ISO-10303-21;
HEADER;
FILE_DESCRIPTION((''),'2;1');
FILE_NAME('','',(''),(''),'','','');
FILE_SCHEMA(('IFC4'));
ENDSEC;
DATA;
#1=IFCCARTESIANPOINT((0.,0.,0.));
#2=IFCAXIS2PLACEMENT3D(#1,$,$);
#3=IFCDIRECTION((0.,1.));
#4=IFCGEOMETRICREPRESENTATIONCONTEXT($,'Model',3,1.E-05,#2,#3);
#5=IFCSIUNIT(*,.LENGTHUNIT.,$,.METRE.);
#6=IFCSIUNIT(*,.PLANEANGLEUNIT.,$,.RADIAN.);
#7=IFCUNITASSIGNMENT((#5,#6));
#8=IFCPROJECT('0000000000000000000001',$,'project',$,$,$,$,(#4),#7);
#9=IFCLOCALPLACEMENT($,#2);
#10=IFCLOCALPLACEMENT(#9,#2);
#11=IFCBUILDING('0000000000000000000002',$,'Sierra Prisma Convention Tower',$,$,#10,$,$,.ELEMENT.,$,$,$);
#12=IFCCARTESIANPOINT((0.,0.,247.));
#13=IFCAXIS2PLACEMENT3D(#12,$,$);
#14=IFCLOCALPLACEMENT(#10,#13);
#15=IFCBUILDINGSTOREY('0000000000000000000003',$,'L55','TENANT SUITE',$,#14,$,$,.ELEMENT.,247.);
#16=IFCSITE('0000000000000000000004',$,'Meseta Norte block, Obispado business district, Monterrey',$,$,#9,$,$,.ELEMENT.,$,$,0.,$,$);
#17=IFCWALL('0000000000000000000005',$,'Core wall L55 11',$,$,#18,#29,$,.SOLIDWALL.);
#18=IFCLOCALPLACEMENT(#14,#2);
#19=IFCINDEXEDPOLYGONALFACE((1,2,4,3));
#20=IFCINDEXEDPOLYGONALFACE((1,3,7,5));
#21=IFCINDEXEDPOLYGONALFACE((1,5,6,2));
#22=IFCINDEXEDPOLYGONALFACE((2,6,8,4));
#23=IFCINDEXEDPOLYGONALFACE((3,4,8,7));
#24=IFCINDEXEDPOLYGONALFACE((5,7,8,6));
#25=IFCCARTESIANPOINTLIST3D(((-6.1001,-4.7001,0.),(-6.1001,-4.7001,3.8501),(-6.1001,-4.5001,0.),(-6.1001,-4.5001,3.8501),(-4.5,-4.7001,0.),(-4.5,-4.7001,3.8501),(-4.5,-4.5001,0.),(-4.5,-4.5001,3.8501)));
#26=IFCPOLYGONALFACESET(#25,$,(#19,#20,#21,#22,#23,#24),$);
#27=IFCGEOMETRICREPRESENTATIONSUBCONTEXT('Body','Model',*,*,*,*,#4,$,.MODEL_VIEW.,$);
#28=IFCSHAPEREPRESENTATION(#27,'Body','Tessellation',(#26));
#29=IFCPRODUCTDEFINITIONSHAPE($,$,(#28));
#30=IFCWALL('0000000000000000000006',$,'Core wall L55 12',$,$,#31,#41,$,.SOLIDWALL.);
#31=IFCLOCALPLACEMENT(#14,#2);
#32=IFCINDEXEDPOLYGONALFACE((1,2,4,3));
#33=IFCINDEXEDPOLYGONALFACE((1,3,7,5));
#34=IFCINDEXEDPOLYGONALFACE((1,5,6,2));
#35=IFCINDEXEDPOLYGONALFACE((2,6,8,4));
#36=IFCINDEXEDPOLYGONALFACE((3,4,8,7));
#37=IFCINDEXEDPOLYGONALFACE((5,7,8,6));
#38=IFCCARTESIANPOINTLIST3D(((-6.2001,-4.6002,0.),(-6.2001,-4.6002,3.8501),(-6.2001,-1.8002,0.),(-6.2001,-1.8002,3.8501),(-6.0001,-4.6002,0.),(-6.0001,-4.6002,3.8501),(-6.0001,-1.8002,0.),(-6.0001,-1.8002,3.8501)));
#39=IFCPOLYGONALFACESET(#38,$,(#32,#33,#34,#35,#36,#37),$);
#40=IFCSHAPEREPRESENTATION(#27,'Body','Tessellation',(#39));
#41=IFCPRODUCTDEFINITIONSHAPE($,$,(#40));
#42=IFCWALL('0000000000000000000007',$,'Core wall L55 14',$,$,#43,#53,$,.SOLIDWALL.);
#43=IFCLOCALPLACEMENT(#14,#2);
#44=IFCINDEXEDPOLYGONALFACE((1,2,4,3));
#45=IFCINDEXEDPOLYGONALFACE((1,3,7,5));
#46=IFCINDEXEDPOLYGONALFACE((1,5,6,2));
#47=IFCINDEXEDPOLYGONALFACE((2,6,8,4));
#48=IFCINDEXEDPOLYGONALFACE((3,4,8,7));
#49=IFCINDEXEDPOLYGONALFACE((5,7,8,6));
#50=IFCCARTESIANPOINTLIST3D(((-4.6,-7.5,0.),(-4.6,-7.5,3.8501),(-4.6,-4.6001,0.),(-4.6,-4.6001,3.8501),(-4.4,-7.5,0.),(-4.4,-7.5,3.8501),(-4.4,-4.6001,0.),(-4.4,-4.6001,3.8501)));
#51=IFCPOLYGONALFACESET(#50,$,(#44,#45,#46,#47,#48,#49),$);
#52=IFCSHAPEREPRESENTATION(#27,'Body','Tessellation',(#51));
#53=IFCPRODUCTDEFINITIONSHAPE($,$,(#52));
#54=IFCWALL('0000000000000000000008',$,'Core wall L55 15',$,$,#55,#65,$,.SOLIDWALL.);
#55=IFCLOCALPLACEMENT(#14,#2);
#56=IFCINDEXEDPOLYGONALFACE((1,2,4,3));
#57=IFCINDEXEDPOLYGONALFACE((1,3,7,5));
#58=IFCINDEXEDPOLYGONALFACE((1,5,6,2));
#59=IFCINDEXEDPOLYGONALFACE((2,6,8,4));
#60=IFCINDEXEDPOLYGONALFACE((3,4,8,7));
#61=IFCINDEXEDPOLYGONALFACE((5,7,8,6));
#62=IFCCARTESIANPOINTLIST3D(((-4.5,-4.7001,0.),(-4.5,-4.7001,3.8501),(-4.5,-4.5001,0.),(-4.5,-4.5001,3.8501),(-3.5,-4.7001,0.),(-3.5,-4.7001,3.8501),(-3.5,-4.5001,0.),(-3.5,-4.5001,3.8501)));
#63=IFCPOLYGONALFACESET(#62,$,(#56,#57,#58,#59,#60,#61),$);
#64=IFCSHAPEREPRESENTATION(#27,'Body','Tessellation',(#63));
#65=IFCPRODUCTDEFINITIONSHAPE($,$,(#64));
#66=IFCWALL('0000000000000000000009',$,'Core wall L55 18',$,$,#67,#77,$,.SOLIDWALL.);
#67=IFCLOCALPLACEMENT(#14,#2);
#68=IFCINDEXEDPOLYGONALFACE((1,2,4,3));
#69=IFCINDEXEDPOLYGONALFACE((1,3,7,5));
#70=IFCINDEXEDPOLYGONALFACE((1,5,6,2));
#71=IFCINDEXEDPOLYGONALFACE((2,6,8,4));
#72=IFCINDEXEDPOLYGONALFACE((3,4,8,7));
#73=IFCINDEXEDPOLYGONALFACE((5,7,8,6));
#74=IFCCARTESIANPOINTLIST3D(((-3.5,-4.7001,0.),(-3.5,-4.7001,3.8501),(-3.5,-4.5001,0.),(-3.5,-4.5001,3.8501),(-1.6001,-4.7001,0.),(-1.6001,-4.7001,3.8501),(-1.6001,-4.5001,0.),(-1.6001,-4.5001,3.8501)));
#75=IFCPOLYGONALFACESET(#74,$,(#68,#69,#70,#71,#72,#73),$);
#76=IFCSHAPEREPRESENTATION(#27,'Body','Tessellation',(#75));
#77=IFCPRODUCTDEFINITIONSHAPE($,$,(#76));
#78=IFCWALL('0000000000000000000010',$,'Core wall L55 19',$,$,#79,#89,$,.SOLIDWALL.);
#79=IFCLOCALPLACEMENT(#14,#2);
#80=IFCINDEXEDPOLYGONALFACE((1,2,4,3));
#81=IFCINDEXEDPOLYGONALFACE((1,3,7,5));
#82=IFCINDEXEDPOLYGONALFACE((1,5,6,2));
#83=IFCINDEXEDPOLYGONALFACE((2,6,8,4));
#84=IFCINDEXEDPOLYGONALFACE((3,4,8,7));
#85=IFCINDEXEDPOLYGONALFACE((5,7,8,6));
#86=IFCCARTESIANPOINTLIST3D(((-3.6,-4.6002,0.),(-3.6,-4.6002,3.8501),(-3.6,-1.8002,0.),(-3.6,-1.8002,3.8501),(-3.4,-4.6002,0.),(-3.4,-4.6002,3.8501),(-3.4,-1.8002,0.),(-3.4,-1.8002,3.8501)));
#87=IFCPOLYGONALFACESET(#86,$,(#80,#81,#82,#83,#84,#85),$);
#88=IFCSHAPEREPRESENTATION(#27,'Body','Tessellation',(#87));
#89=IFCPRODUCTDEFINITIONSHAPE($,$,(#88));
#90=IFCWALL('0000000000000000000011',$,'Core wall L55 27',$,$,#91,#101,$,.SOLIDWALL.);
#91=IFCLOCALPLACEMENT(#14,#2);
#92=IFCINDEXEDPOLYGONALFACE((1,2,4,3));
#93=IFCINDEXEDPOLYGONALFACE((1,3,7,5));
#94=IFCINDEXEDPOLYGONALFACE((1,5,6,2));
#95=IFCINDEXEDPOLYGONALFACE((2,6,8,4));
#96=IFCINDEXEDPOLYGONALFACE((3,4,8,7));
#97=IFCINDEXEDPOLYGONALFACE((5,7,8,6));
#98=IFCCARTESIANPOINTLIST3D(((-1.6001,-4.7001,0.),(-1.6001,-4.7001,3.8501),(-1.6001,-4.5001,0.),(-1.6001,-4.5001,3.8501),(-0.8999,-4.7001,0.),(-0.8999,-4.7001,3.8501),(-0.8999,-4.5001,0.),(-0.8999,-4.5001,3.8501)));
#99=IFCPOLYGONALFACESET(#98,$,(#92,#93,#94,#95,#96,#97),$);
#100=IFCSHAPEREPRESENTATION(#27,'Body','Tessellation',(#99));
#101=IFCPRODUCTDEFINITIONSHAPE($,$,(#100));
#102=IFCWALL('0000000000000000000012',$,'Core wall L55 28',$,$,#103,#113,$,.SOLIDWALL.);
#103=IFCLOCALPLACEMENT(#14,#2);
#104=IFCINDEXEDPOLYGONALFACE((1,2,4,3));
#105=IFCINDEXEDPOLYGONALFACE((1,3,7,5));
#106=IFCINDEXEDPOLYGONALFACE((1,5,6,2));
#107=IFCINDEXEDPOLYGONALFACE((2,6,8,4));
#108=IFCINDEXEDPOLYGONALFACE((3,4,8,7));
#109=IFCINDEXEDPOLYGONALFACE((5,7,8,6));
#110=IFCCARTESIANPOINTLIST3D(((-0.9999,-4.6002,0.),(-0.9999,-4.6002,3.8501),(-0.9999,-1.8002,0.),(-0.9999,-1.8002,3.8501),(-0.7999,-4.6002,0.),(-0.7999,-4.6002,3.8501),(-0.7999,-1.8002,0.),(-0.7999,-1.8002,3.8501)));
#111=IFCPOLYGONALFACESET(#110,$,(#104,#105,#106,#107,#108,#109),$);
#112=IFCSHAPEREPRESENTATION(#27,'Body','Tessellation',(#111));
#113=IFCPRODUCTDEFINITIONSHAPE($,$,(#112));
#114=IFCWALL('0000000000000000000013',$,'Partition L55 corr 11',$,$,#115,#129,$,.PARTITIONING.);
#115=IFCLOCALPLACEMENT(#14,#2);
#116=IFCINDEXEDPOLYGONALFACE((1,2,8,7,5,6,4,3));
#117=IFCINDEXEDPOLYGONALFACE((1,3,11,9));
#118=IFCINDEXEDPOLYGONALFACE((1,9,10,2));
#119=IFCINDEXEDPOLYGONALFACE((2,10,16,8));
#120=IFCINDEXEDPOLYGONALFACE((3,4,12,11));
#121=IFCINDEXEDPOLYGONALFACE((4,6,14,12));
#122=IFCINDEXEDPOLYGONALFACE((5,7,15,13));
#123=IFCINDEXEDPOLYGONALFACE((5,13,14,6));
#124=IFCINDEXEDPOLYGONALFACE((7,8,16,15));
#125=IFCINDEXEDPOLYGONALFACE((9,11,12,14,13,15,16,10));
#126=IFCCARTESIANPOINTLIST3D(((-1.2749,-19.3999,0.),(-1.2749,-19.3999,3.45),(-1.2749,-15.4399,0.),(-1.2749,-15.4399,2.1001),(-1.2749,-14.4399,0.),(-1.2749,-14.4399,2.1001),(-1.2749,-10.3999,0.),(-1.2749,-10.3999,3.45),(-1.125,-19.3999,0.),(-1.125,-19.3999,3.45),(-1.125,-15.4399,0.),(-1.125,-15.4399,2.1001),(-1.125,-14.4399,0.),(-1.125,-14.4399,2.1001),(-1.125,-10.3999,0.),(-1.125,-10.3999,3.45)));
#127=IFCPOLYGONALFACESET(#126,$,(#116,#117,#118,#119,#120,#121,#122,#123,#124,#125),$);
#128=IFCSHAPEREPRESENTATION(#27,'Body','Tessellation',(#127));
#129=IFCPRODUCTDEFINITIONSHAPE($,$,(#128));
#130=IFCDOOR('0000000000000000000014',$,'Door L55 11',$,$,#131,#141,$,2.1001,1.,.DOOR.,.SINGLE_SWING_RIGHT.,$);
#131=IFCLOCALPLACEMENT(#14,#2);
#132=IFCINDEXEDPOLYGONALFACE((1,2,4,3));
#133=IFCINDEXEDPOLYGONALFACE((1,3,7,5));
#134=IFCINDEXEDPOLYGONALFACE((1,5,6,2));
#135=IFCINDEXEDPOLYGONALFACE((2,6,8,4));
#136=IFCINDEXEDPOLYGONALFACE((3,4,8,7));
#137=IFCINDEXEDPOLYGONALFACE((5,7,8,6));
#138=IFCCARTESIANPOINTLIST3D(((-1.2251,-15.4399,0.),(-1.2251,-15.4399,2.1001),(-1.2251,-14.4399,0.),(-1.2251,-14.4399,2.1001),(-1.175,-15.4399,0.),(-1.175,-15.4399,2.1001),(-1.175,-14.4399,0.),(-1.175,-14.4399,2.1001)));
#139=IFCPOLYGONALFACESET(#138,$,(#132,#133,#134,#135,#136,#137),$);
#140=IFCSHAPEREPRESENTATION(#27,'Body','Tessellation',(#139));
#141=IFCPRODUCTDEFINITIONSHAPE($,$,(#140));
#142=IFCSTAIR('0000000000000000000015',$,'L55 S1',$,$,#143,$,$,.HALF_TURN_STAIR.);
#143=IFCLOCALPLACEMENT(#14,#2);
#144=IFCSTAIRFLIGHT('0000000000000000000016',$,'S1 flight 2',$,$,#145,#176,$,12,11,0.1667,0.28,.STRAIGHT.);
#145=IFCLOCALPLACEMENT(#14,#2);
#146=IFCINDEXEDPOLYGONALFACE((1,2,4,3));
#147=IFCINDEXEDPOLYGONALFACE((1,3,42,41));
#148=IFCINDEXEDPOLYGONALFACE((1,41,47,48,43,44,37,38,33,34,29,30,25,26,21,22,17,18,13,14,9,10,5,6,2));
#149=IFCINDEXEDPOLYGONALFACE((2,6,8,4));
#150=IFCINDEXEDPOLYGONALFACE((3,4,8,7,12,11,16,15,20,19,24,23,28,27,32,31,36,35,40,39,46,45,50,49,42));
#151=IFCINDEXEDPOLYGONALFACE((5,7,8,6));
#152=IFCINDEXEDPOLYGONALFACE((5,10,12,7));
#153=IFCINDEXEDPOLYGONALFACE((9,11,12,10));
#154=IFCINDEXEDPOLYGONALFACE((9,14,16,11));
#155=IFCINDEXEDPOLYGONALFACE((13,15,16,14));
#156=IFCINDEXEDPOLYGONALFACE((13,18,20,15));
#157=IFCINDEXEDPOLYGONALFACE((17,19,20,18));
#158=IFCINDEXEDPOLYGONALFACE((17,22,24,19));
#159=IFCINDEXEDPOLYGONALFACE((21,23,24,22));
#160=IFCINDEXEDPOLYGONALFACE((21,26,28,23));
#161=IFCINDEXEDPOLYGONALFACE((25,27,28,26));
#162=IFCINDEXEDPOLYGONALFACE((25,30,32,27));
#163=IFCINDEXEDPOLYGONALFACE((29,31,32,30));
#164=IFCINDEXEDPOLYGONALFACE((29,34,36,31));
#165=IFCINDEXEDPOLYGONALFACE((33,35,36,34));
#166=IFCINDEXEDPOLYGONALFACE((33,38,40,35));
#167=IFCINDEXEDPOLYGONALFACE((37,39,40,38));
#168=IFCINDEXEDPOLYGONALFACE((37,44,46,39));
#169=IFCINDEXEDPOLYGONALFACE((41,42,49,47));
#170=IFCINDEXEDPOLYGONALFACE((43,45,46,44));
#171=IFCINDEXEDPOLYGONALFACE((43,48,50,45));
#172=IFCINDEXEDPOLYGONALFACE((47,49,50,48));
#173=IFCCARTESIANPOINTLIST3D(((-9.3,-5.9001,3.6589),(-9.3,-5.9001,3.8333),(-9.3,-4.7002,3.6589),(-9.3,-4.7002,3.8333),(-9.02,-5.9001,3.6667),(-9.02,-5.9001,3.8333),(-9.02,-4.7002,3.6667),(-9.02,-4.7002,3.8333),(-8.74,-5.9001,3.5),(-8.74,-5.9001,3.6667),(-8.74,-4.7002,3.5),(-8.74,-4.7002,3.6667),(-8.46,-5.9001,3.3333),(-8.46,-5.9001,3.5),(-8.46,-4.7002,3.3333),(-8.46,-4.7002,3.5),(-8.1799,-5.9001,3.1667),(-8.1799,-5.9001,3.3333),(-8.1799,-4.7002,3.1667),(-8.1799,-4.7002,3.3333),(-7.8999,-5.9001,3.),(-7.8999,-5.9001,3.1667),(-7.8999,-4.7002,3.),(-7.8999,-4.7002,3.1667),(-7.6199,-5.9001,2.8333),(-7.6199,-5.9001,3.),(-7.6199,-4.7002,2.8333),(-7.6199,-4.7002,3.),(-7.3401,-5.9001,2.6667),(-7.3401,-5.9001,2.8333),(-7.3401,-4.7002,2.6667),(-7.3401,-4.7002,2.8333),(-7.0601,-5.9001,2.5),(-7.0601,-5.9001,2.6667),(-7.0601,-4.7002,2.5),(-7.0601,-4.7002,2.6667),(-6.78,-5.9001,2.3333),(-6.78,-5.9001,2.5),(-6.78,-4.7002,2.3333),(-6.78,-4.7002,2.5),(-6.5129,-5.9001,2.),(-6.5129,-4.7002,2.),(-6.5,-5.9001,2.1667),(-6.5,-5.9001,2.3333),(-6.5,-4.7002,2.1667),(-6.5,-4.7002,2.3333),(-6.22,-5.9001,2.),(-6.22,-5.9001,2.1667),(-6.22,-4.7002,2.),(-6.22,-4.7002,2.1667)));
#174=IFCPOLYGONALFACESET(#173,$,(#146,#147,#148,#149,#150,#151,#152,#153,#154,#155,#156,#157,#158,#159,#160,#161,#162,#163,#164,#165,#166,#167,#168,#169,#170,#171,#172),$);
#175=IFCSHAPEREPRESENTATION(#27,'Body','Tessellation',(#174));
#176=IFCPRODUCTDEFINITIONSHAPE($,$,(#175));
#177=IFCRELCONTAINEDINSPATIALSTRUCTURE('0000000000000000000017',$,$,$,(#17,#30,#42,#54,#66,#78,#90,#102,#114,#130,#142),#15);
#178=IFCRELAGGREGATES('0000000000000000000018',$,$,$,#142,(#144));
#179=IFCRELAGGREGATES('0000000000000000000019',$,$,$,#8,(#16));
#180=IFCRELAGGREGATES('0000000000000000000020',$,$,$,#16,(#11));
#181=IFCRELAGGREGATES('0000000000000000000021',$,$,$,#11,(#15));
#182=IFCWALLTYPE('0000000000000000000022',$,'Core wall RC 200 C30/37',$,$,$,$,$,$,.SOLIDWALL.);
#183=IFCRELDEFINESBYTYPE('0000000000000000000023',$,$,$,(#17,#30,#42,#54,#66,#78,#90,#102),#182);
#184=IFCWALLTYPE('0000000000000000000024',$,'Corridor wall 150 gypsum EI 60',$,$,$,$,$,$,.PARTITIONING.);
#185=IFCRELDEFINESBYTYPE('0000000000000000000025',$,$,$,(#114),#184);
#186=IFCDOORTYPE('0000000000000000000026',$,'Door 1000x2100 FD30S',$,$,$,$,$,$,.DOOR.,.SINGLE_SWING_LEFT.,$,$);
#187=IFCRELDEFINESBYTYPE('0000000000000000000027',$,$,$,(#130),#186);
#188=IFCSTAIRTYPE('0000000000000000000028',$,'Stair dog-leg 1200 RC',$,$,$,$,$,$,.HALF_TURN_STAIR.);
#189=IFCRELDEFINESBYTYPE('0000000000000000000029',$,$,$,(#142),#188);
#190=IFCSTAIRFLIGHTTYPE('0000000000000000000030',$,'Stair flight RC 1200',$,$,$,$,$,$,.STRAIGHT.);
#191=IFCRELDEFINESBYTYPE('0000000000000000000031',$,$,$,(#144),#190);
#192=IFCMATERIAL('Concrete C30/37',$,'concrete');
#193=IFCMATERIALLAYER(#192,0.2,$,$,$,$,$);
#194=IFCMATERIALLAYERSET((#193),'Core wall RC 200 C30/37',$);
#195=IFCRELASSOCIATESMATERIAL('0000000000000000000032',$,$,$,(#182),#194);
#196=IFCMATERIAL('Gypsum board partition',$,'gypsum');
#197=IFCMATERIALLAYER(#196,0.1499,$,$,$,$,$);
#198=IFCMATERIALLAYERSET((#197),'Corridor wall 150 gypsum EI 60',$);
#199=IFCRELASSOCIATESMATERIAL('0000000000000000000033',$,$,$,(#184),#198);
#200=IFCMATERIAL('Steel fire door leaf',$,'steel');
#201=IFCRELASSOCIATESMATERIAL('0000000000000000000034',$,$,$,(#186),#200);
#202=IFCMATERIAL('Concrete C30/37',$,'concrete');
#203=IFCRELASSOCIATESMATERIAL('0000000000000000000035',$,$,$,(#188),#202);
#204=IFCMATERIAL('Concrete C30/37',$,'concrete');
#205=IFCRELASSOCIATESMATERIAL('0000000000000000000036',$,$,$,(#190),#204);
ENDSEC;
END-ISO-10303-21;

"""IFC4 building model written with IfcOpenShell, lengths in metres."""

from ifc_helpers import new_model, si_unit, direction, frame, frame_2d, origin, place, context, subcontext, project, spatial, polyline, rectangle, outline, extrude, material, layer, layer_set, type_object, element, fill, aggregate, save


model = new_model("IFC4")

# Units and contexts
model_context = context("Model", 3, precision=1e-05, world=origin(), true_north=direction((0.0, 1.0)))
body_context = subcontext(model_context, "Body", "Model", "MODEL_VIEW")
ifc_project = project(units=[si_unit("LENGTHUNIT", "METRE"), si_unit("PLANEANGLEUNIT", "RADIAN")], contexts=[model_context])

# Site, building, storey
site_placement = place(None, origin())
site = spatial("IfcSite", under=ifc_project, at=site_placement, Name="Meseta Norte block, Obispado business district, Monterrey", CompositionType="ELEMENT", RefElevation=0.0)
building_placement = place(site_placement, origin())
building = spatial("IfcBuilding", under=site, at=building_placement, Name="Sierra Prisma Convention Tower", CompositionType="ELEMENT")
storey_placement = place(building_placement, frame((0.0, 0.0, 247.0)))
storey = spatial("IfcBuildingStorey", under=building, at=storey_placement, Name="L55", Description="TENANT SUITE", CompositionType="ELEMENT", Elevation=247.0)

# Walls
ifc_material_1 = material(Name="Concrete C30/37", Category="concrete")
ifc_layer_1 = layer(ifc_material_1, 0.2)
ifc_layer_set_1 = layer_set([ifc_layer_1], Name="Core wall RC 200 C30/37")
wall_type_1 = type_object("IfcWallType", Name="Core wall RC 200 C30/37", PredefinedType="SOLIDWALL", material=ifc_layer_set_1)
wall_1_placement = place(storey_placement, frame((-6.1001, -4.6001, 0.0), z_axis=(0.0, 0.0, 1.0), x_axis=(1.0, 0.0, 0.0)))
element("IfcWall", 1, at=wall_1_placement, inside=storey, type_object=wall_type_1, Name="Core wall L55 11", PredefinedType="SOLIDWALL", context=body_context, shape_type="SweptSolid", body=[
    extrude(rectangle(XDim=1.6001, YDim=0.2, at=frame_2d((0.8, 0.0))), origin(), (0.0, 0.0, 1.0), 3.8501),
])
wall_2_placement = place(storey_placement, frame((-6.1001, -4.6001, 0.0), z_axis=(0.0, 0.0, 1.0), x_axis=(0.0, 1.0, 0.0)))
element("IfcWall", 2, at=wall_2_placement, inside=storey, type_object=wall_type_1, Name="Core wall L55 12", PredefinedType="SOLIDWALL", context=body_context, shape_type="SweptSolid", body=[
    extrude(rectangle(XDim=2.8, YDim=0.2, at=frame_2d((1.3999, 0.0))), origin(), (0.0, 0.0, 1.0), 3.8501),
])
wall_3_placement = place(storey_placement, frame((-4.5, -4.6001, 0.0), z_axis=(0.0, 0.0, 1.0), x_axis=(0.0, -1.0, 0.0)))
element("IfcWall", 3, at=wall_3_placement, inside=storey, type_object=wall_type_1, Name="Core wall L55 14", PredefinedType="SOLIDWALL", context=body_context, shape_type="SweptSolid", body=[
    extrude(rectangle(XDim=2.8999, YDim=0.2, at=frame_2d((1.45, 0.0))), origin(), (0.0, 0.0, 1.0), 3.8501),
])
wall_4_placement = place(storey_placement, frame((-4.5, -4.6001, 0.0), z_axis=(0.0, 0.0, 1.0), x_axis=(1.0, 0.0, 0.0)))
element("IfcWall", 4, at=wall_4_placement, inside=storey, type_object=wall_type_1, Name="Core wall L55 15", PredefinedType="SOLIDWALL", context=body_context, shape_type="SweptSolid", body=[
    extrude(rectangle(XDim=1.0, YDim=0.2, at=frame_2d((0.5, 0.0))), origin(), (0.0, 0.0, 1.0), 3.8501),
])
wall_5_placement = place(storey_placement, frame((-3.5, -4.6001, 0.0), z_axis=(0.0, 0.0, 1.0), x_axis=(1.0, 0.0, 0.0)))
element("IfcWall", 5, at=wall_5_placement, inside=storey, type_object=wall_type_1, Name="Core wall L55 18", PredefinedType="SOLIDWALL", context=body_context, shape_type="SweptSolid", body=[
    extrude(rectangle(XDim=1.8999, YDim=0.2, at=frame_2d((0.95, 0.0))), origin(), (0.0, 0.0, 1.0), 3.8501),
])
wall_6_placement = place(storey_placement, frame((-3.5, -4.6001, 0.0), z_axis=(0.0, 0.0, 1.0), x_axis=(0.0, 1.0, 0.0)))
element("IfcWall", 6, at=wall_6_placement, inside=storey, type_object=wall_type_1, Name="Core wall L55 19", PredefinedType="SOLIDWALL", context=body_context, shape_type="SweptSolid", body=[
    extrude(rectangle(XDim=2.8, YDim=0.2, at=frame_2d((1.3999, 0.0))), origin(), (0.0, 0.0, 1.0), 3.8501),
])

# Walls
wall_7_placement = place(storey_placement, frame((-1.6001, -4.6001, 0.0), z_axis=(0.0, 0.0, 1.0), x_axis=(1.0, 0.0, 0.0)))
element("IfcWall", 7, at=wall_7_placement, inside=storey, type_object=wall_type_1, Name="Core wall L55 27", PredefinedType="SOLIDWALL", context=body_context, shape_type="SweptSolid", body=[
    extrude(rectangle(XDim=0.7002, YDim=0.2, at=frame_2d((0.3501, 0.0))), origin(), (0.0, 0.0, 1.0), 3.8501),
])
wall_8_placement = place(storey_placement, frame((-0.8999, -4.6001, 0.0), z_axis=(0.0, 0.0, 1.0), x_axis=(0.0, 1.0, 0.0)))
element("IfcWall", 8, at=wall_8_placement, inside=storey, type_object=wall_type_1, Name="Core wall L55 28", PredefinedType="SOLIDWALL", context=body_context, shape_type="SweptSolid", body=[
    extrude(rectangle(XDim=2.8, YDim=0.2, at=frame_2d((1.3999, 0.0))), origin(), (0.0, 0.0, 1.0), 3.8501),
])

# Wall, opening, door
ifc_material_2 = material(Name="Gypsum board partition", Category="gypsum")
ifc_layer_2 = layer(ifc_material_2, 0.1499)
ifc_layer_set_2 = layer_set([ifc_layer_2], Name="Corridor wall 150 gypsum EI 60")
wall_type_2 = type_object("IfcWallType", Name="Corridor wall 150 gypsum EI 60", PredefinedType="PARTITIONING", material=ifc_layer_set_2)
wall_9_placement = place(storey_placement, frame((-1.2, -10.3999, 0.0), z_axis=(0.0, 0.0, 1.0), x_axis=(0.0, -1.0, 0.0)))
wall_9 = element("IfcWall", 9, at=wall_9_placement, inside=storey, type_object=wall_type_2, Name="Partition L55 corr 11", PredefinedType="PARTITIONING", context=body_context, shape_type="SweptSolid", body=[
    extrude(rectangle(XDim=9.0, YDim=0.1499, at=frame_2d((4.5, 0.0))), origin(), (0.0, 0.0, 1.0), 3.45),
])
opening_1_placement = place(wall_9_placement, frame((4.04, 0.0, 0.0)))
opening_1 = element("IfcOpeningElement", 10, at=opening_1_placement, cuts=wall_9, PredefinedType="OPENING", context=body_context, shape_type="SweptSolid", body=[
    extrude(rectangle(XDim=1.0, YDim=2.1001, at=frame_2d((0.5, 1.05))), frame((0.0, 0.075, 0.0), z_axis=(0.0, -1.0, 0.0), x_axis=(1.0, 0.0, 0.0)), (0.0, 0.0, 1.0), 0.1499),
])
ifc_material_3 = material(Name="Steel fire door leaf", Category="steel")
door_type_1 = type_object("IfcDoorType", Name="Door 1000x2100 FD30S", OperationType="SINGLE_SWING_LEFT", PredefinedType="DOOR", material=ifc_material_3)
door_1_placement = place(opening_1_placement, origin())
door_1 = element("IfcDoor", 11, at=door_1_placement, inside=storey, type_object=door_type_1, Name="Door L55 11", OperationType="SINGLE_SWING_RIGHT", OverallHeight=2.1001, OverallWidth=1.0, PredefinedType="DOOR", context=body_context, shape_type="SweptSolid", body=[
    extrude(rectangle(XDim=1.0, YDim=2.1001, at=frame_2d((0.5, 1.05))), frame((0.0, 0.0249, 0.0), z_axis=(0.0, -1.0, 0.0), x_axis=(1.0, 0.0, 0.0)), (0.0, 0.0, 1.0), 0.05),
])
fill(opening_1, door_1)

# Stair, stair flight
ifc_material_4 = material(Name="Concrete C30/37", Category="concrete")
stair_type = type_object("IfcStairType", Name="Stair dog-leg 1200 RC", PredefinedType="HALF_TURN_STAIR", material=ifc_material_4)
stair_placement = place(storey_placement, origin())
stair = element("IfcStair", 12, at=stair_placement, inside=storey, type_object=stair_type, Name="L55 S1", PredefinedType="HALF_TURN_STAIR")
ifc_material_5 = material(Name="Concrete C30/37", Category="concrete")
stair_flight_type = type_object("IfcStairFlightType", Name="Stair flight RC 1200", PredefinedType="STRAIGHT", material=ifc_material_5)
stair_flight_placement = place(storey_placement, frame((-6.22, -5.3, 2.0), z_axis=(0.0, 0.0, 1.0), x_axis=(-1.0, 0.0, 0.0)))
stair_flight = element("IfcStairFlight", 13, at=stair_flight_placement, type_object=stair_flight_type, Name="S1 flight 2", NumberOfRisers=12, NumberOfTreads=11, PredefinedType="STRAIGHT", RiserHeight=0.1667, TreadLength=0.28, context=body_context, shape_type="SweptSolid", body=[
    extrude(outline(polyline([(0.0, 0.0), (0.0, 0.1667), (0.28, 0.1667), (0.28, 0.3333), (0.5601, 0.3333), (0.5601, 0.5), (0.8401, 0.5), (0.8401, 0.6667), (1.1201, 0.6667), (1.1201, 0.8333), (1.3999, 0.8333), (1.3999, 1.0), (1.6799, 1.0), (1.6799, 1.1667), (1.96, 1.1667), (1.96, 1.3333), (2.24, 1.3333), (2.24, 1.5), (2.52, 1.5), (2.52, 1.6667), (2.8, 1.6667), (2.8, 1.8333), (3.0801, 1.8333), (3.0801, 2.0), (3.0801, 1.6589), (0.293, 0.0), (0.0, 0.0)])), frame((0.0, 0.6001, 0.0), z_axis=(0.0, -1.0, 0.0), x_axis=(1.0, 0.0, 0.0)), (0.0, 0.0, 1.0), 1.2),
])
aggregate(stair, [stair_flight])

save(model, "model.ifc")
